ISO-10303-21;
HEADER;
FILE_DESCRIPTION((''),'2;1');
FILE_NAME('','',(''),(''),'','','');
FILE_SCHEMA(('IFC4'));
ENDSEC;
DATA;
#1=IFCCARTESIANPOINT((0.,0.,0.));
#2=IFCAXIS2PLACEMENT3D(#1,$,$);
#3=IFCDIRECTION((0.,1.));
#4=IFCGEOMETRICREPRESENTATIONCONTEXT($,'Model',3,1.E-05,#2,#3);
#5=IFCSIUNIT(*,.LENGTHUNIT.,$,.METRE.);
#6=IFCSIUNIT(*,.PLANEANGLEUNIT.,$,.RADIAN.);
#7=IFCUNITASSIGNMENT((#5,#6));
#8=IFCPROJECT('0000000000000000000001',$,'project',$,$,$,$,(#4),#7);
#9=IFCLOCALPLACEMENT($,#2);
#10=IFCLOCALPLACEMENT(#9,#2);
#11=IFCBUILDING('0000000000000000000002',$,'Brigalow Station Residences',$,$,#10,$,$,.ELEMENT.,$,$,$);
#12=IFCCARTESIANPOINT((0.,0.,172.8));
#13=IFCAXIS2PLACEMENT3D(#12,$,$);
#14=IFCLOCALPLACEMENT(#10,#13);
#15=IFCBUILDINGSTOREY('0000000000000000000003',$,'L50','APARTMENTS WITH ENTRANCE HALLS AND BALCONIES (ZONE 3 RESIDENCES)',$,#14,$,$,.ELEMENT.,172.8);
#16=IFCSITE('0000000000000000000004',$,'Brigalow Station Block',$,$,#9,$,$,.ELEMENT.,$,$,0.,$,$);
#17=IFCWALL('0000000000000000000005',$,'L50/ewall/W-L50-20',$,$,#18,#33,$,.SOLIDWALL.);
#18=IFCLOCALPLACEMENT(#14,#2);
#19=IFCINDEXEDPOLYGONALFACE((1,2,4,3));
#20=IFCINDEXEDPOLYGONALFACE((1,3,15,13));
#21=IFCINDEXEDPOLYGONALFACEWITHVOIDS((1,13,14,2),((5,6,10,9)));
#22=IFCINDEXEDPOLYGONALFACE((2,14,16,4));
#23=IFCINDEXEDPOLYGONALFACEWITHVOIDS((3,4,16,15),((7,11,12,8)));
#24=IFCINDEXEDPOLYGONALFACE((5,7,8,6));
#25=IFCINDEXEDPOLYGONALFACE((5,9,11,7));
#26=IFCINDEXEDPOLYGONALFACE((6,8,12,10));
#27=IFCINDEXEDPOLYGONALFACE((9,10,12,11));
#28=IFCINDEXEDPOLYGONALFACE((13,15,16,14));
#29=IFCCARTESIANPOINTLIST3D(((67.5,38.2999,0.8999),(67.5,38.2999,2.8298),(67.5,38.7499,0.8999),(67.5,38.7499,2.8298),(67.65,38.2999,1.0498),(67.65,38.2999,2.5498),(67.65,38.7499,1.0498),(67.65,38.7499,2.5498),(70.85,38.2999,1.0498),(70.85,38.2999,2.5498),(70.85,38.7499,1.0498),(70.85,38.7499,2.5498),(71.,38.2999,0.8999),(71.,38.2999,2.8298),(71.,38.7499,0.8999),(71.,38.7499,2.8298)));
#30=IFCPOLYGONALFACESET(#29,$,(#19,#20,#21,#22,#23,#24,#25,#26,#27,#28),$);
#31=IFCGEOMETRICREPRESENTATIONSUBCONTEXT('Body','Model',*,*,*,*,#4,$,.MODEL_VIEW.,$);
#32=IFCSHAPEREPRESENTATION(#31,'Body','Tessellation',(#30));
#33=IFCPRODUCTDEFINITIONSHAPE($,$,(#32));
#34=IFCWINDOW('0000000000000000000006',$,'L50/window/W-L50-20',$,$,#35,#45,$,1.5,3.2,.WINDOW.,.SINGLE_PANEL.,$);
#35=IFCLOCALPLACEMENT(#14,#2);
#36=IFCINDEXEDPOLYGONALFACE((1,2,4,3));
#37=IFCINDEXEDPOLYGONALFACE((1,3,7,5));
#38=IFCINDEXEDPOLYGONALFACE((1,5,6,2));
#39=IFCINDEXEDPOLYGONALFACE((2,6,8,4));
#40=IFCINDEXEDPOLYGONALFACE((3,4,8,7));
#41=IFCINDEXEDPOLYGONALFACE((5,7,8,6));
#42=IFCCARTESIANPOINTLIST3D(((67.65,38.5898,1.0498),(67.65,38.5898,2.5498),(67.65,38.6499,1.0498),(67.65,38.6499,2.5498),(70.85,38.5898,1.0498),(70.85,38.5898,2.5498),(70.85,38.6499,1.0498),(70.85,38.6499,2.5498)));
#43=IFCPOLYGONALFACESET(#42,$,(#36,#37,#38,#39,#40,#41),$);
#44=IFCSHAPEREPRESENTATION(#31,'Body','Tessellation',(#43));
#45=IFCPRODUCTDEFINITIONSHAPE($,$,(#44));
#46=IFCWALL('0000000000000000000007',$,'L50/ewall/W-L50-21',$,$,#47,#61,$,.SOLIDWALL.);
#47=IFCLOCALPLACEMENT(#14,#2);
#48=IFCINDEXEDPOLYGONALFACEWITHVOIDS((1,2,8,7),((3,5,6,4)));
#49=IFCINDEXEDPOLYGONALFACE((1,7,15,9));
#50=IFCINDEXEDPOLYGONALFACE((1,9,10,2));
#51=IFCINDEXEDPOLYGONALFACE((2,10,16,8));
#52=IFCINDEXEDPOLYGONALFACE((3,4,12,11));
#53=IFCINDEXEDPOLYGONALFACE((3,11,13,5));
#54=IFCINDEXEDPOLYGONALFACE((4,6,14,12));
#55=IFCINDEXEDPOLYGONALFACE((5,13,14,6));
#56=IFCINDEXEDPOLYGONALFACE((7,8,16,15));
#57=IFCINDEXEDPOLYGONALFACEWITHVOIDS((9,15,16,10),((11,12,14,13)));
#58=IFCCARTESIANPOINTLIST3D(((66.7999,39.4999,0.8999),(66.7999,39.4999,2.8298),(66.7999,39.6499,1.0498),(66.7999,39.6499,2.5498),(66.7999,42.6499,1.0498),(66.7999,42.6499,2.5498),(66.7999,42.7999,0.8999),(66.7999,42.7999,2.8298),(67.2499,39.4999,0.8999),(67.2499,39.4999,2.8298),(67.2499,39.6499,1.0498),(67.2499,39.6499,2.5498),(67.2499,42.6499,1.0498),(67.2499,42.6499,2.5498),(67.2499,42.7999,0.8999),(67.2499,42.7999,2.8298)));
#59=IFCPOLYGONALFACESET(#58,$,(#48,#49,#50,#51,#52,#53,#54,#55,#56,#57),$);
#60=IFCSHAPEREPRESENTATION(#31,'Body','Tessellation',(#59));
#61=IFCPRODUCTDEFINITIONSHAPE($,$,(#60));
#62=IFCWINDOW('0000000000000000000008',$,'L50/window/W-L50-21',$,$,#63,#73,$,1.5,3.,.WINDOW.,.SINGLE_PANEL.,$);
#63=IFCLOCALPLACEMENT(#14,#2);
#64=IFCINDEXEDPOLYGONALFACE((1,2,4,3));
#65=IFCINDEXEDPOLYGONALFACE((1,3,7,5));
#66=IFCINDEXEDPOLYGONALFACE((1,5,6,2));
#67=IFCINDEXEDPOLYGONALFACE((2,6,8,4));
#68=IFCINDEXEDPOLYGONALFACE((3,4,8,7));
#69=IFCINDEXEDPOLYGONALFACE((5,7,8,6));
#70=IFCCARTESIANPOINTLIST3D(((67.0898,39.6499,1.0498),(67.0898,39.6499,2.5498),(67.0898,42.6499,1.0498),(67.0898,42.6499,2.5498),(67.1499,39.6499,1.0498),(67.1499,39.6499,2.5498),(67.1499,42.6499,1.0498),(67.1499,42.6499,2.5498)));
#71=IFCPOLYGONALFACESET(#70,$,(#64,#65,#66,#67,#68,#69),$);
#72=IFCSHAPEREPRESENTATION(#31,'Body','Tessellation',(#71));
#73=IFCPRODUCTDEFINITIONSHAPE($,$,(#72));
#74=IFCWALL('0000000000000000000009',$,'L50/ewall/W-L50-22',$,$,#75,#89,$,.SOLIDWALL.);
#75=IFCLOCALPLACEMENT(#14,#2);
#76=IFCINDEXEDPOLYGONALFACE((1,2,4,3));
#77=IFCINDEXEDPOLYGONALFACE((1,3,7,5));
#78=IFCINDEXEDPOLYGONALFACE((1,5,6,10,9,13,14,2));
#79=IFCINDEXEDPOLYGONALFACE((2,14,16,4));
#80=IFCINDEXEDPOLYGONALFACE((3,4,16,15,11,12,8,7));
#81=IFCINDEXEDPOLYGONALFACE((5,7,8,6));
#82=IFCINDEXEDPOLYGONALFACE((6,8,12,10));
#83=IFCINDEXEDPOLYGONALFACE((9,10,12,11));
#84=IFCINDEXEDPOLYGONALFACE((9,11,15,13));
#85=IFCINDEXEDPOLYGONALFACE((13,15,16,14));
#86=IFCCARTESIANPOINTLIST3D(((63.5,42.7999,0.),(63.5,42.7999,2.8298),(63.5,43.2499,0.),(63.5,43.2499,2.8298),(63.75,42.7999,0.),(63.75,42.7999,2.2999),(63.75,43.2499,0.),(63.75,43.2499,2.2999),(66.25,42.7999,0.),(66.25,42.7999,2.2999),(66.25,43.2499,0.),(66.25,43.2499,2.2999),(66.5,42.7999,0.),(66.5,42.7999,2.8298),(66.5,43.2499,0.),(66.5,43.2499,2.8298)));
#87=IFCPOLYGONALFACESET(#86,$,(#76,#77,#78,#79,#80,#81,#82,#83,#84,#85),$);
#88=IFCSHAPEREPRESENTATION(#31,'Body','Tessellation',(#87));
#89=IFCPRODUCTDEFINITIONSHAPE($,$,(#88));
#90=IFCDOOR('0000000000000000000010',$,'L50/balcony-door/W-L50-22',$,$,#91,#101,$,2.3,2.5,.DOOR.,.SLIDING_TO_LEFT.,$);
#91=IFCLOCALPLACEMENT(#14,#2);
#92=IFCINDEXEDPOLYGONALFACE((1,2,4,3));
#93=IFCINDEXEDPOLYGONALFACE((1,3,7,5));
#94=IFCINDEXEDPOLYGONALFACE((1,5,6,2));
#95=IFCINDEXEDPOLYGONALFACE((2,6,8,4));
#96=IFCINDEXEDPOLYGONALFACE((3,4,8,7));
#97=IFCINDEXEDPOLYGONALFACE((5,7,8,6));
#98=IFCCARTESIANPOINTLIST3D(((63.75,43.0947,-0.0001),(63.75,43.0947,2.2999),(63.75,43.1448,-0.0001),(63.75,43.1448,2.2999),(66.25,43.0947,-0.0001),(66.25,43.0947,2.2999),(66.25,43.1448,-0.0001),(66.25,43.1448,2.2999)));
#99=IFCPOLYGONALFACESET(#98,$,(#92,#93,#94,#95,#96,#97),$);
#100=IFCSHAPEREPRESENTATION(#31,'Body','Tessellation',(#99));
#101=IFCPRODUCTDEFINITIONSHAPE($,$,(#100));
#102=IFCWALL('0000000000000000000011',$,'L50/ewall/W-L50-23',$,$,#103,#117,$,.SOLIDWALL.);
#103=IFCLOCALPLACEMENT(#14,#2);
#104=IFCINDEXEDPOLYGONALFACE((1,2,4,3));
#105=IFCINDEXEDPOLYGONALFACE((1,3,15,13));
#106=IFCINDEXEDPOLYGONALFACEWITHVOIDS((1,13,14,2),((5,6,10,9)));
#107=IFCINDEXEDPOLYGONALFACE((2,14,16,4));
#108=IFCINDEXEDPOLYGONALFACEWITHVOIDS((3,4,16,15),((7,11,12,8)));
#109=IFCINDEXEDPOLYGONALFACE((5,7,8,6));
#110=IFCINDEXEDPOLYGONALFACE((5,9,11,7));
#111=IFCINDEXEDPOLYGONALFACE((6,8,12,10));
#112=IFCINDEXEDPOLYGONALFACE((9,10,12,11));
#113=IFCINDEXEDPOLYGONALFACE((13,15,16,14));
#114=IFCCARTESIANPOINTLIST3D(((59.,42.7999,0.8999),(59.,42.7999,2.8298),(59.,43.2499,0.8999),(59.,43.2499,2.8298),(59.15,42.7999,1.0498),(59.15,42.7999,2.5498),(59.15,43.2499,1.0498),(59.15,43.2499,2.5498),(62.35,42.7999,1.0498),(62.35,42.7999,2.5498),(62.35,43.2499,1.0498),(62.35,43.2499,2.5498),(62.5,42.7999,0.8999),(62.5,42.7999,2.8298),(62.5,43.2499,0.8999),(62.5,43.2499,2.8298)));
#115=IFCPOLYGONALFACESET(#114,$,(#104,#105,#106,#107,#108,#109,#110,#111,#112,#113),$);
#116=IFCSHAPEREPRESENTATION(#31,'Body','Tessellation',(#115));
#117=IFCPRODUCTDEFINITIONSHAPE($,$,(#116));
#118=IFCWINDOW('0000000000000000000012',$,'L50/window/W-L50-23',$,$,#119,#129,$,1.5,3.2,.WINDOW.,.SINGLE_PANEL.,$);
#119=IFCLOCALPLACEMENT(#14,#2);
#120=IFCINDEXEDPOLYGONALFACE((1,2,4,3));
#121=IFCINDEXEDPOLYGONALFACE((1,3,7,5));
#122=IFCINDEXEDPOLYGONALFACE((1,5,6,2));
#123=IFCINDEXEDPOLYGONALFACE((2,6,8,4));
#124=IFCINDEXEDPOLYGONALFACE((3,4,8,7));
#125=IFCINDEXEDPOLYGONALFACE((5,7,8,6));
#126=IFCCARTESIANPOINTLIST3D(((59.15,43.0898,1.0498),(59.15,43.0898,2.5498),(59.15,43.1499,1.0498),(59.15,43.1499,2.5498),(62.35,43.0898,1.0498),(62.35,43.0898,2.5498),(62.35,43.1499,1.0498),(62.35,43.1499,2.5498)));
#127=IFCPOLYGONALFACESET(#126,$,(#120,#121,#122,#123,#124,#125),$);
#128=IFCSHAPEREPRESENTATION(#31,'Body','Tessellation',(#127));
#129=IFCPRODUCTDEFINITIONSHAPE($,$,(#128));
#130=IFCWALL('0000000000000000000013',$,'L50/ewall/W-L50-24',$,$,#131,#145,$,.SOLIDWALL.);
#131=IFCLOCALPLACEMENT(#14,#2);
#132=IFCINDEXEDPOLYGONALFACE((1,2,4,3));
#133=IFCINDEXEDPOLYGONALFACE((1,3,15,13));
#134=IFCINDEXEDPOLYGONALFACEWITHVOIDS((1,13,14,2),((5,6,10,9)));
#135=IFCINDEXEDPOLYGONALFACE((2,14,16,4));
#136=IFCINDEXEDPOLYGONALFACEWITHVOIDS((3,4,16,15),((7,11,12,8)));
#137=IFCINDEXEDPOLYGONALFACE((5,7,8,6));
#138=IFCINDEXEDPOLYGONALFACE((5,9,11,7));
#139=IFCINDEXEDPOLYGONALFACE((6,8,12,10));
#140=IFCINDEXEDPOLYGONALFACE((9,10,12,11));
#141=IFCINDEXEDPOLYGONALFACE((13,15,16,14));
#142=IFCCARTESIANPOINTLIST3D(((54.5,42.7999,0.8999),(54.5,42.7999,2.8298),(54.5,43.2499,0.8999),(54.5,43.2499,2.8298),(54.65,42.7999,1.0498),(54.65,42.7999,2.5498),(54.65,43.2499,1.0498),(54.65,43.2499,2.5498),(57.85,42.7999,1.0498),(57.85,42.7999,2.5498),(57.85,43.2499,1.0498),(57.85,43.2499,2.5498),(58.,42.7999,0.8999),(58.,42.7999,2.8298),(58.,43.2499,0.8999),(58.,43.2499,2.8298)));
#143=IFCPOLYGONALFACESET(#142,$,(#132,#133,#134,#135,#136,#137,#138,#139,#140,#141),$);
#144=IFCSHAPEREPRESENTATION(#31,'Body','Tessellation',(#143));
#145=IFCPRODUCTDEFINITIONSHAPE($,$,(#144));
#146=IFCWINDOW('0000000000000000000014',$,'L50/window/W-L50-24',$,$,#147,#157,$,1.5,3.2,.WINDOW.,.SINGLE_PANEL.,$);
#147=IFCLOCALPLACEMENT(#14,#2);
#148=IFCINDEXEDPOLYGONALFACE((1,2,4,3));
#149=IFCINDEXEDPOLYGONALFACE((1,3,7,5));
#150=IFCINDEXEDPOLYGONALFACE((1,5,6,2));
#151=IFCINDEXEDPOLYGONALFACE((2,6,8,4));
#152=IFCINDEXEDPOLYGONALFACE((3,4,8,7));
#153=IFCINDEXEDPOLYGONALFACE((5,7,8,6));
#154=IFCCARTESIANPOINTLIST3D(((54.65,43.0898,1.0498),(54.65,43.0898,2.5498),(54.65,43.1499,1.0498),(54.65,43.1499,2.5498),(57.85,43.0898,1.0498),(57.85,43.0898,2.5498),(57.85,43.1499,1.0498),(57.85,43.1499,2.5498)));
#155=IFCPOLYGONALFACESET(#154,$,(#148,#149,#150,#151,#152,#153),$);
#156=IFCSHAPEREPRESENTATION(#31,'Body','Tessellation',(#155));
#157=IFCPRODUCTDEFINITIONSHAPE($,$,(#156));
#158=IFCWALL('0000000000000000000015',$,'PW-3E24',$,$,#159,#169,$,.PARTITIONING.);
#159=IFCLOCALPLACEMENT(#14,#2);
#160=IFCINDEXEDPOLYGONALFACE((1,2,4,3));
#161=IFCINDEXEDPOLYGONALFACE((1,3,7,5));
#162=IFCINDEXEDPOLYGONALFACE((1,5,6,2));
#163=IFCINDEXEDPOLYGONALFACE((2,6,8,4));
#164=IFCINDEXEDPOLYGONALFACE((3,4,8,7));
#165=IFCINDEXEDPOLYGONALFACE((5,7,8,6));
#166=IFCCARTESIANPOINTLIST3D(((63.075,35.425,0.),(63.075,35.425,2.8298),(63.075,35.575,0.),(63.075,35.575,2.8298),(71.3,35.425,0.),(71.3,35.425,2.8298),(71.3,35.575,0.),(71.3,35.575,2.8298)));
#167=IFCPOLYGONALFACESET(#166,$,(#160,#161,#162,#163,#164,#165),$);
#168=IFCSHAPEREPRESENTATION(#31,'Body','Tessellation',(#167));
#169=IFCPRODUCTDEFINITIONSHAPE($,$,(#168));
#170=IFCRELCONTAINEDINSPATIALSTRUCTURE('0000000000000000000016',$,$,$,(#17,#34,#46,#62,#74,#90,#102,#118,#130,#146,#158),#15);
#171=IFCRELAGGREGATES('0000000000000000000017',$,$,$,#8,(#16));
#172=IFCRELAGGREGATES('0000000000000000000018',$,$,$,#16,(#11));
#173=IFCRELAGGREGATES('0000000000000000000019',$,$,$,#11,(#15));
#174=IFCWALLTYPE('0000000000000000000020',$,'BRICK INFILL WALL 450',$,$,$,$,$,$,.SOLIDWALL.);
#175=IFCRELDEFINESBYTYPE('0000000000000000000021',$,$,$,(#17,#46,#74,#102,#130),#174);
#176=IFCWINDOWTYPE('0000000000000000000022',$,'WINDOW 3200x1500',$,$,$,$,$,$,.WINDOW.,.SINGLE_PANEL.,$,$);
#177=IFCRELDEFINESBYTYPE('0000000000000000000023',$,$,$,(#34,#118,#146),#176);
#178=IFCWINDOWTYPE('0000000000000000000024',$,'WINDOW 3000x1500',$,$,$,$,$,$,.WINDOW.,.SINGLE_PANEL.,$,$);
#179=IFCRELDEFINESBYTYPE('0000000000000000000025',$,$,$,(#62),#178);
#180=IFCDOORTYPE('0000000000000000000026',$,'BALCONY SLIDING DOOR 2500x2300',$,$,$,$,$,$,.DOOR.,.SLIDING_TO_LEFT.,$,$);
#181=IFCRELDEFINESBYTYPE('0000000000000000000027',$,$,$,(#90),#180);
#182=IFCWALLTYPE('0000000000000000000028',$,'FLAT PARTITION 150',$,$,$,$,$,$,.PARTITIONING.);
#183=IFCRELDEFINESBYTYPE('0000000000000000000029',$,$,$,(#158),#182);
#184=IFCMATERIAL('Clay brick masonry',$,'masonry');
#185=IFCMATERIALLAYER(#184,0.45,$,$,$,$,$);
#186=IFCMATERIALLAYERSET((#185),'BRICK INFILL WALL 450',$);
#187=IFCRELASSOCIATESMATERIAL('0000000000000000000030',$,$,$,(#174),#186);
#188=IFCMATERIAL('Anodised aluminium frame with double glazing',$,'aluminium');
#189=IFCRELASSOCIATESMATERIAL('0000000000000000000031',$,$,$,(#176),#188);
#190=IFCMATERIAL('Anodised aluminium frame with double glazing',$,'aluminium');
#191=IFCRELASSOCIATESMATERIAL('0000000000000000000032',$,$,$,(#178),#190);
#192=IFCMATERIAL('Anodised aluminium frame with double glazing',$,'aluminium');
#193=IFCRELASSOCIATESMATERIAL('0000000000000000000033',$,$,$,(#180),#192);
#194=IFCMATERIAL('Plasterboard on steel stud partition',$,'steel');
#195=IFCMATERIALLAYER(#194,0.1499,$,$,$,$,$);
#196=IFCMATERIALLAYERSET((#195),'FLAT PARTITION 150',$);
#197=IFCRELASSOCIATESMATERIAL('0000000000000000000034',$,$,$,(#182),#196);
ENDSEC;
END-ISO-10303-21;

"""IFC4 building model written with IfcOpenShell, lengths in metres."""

from ifc_helpers import new_model, si_unit, direction, frame, frame_2d, origin, place, context, subcontext, project, spatial, rectangle, extrude, material, layer, layer_set, type_object, element, fill, save


model = new_model("IFC4")

# Units and contexts
model_context = context("Model", 3, precision=1e-05, world=origin(), true_north=direction((0.0, 1.0)))
body_context = subcontext(model_context, "Body", "Model", "MODEL_VIEW")
ifc_project = project(units=[si_unit("LENGTHUNIT", "METRE"), si_unit("PLANEANGLEUNIT", "RADIAN")], contexts=[model_context])

# Site, building, storey
site_placement = place(None, origin())
site = spatial("IfcSite", under=ifc_project, at=site_placement, Name="Brigalow Station Block", CompositionType="ELEMENT", RefElevation=0.0)
building_placement = place(site_placement, origin())
building = spatial("IfcBuilding", under=site, at=building_placement, Name="Brigalow Station Residences", CompositionType="ELEMENT")
storey_placement = place(building_placement, frame((0.0, 0.0, 172.8)))
storey = spatial("IfcBuildingStorey", under=building, at=storey_placement, Name="L50", Description="APARTMENTS WITH ENTRANCE HALLS AND BALCONIES (ZONE 3 RESIDENCES)", CompositionType="ELEMENT", Elevation=172.8)

# Walls, openings, windows
ifc_material_1 = material(Name="Clay brick masonry", Category="masonry")
ifc_layer_1 = layer(ifc_material_1, 0.45)
ifc_layer_set_1 = layer_set([ifc_layer_1], Name="BRICK INFILL WALL 450")
wall_type_1 = type_object("IfcWallType", Name="BRICK INFILL WALL 450", PredefinedType="SOLIDWALL", material=ifc_layer_set_1)
wall_1_placement = place(storey_placement, frame((71.0, 38.5249, 0.8999), z_axis=(0.0, 0.0, 1.0), x_axis=(-1.0, 0.0, 0.0)))
wall_1 = element("IfcWall", 1, at=wall_1_placement, inside=storey, type_object=wall_type_1, Name="L50/ewall/W-L50-20", PredefinedType="SOLIDWALL", context=body_context, shape_type="SweptSolid", body=[
    extrude(rectangle(XDim=3.5, YDim=0.45, at=frame_2d((1.75, 0.0))), origin(), (0.0, 0.0, 1.0), 1.9299),
])
opening_1_placement = place(wall_1_placement, frame((0.1499, 0.0, 0.1499)))
opening_1 = element("IfcOpeningElement", 2, at=opening_1_placement, cuts=wall_1, PredefinedType="OPENING", context=body_context, shape_type="SweptSolid", body=[
    extrude(rectangle(XDim=3.2, YDim=1.5, at=frame_2d((1.6001, 0.75))), frame((0.0, 0.2349, 0.0), z_axis=(0.0, -1.0, 0.0), x_axis=(1.0, 0.0, 0.0)), (0.0, 0.0, 1.0), 0.47),
])
ifc_material_2 = material(Name="Anodised aluminium frame with double glazing", Category="aluminium")
window_type_1 = type_object("IfcWindowType", Name="WINDOW 3200x1500", PartitioningType="SINGLE_PANEL", PredefinedType="WINDOW", material=ifc_material_2)
window_1_placement = place(opening_1_placement, origin())
window_1 = element("IfcWindow", 3, at=window_1_placement, inside=storey, type_object=window_type_1, Name="L50/window/W-L50-20", OverallHeight=1.5, OverallWidth=3.2, PartitioningType="SINGLE_PANEL", PredefinedType="WINDOW", context=body_context, shape_type="SweptSolid", body=[
    extrude(rectangle(XDim=3.2, YDim=1.5, at=frame_2d((1.6001, 0.75))), frame((0.0, -0.0649, 0.0), z_axis=(0.0, -1.0, 0.0), x_axis=(1.0, 0.0, 0.0)), (0.0, 0.0, 1.0), 0.0601),
])
fill(opening_1, window_1)
wall_2_placement = place(storey_placement, frame((67.0249, 39.5, 0.8999), z_axis=(0.0, 0.0, 1.0), x_axis=(0.0, 1.0, 0.0)))
wall_2 = element("IfcWall", 4, at=wall_2_placement, inside=storey, type_object=wall_type_1, Name="L50/ewall/W-L50-21", PredefinedType="SOLIDWALL", context=body_context, shape_type="SweptSolid", body=[
    extrude(rectangle(XDim=3.3, YDim=0.45, at=frame_2d((1.6499, 0.0))), origin(), (0.0, 0.0, 1.0), 1.9299),
])
opening_2_placement = place(wall_2_placement, frame((0.1499, 0.0, 0.1499)))
opening_2 = element("IfcOpeningElement", 5, at=opening_2_placement, cuts=wall_2, PredefinedType="OPENING", context=body_context, shape_type="SweptSolid", body=[
    extrude(rectangle(XDim=3.0, YDim=1.5, at=frame_2d((1.5, 0.75))), frame((0.0, 0.2349, 0.0), z_axis=(0.0, -1.0, 0.0), x_axis=(1.0, 0.0, 0.0)), (0.0, 0.0, 1.0), 0.47),
])
ifc_material_3 = material(Name="Anodised aluminium frame with double glazing", Category="aluminium")
window_type_2 = type_object("IfcWindowType", Name="WINDOW 3000x1500", PartitioningType="SINGLE_PANEL", PredefinedType="WINDOW", material=ifc_material_3)
window_2_placement = place(opening_2_placement, origin())
window_2 = element("IfcWindow", 6, at=window_2_placement, inside=storey, type_object=window_type_2, Name="L50/window/W-L50-21", OverallHeight=1.5, OverallWidth=3.0, PartitioningType="SINGLE_PANEL", PredefinedType="WINDOW", context=body_context, shape_type="SweptSolid", body=[
    extrude(rectangle(XDim=3.0, YDim=1.5, at=frame_2d((1.5, 0.75))), frame((0.0, -0.0649, 0.0), z_axis=(0.0, -1.0, 0.0), x_axis=(1.0, 0.0, 0.0)), (0.0, 0.0, 1.0), 0.0601),
])
fill(opening_2, window_2)

# Wall, opening, door
wall_3_placement = place(storey_placement, frame((66.5, 43.0249, 0.0), z_axis=(0.0, 0.0, 1.0), x_axis=(-1.0, 0.0, 0.0)))
wall_3 = element("IfcWall", 7, at=wall_3_placement, inside=storey, type_object=wall_type_1, Name="L50/ewall/W-L50-22", PredefinedType="SOLIDWALL", context=body_context, shape_type="SweptSolid", body=[
    extrude(rectangle(XDim=3.0, YDim=0.45, at=frame_2d((1.5, 0.0))), origin(), (0.0, 0.0, 1.0), 2.8298),
])
opening_3_placement = place(wall_3_placement, frame((0.25, 0.0, 0.0)))
opening_3 = element("IfcOpeningElement", 8, at=opening_3_placement, cuts=wall_3, PredefinedType="OPENING", context=body_context, shape_type="SweptSolid", body=[
    extrude(rectangle(XDim=2.5, YDim=2.3, at=frame_2d((1.25, 1.1499))), frame((0.0, 0.2349, 0.0), z_axis=(0.0, -1.0, 0.0), x_axis=(1.0, 0.0, 0.0)), (0.0, 0.0, 1.0), 0.47),
])
ifc_material_4 = material(Name="Anodised aluminium frame with double glazing", Category="aluminium")
door_type_1 = type_object("IfcDoorType", Name="BALCONY SLIDING DOOR 2500x2300", OperationType="SLIDING_TO_LEFT", PredefinedType="DOOR", material=ifc_material_4)
door_1_placement = place(opening_3_placement, origin())
door_1 = element("IfcDoor", 9, at=door_1_placement, inside=storey, type_object=door_type_1, Name="L50/balcony-door/W-L50-22", OperationType="SLIDING_TO_LEFT", OverallHeight=2.3, OverallWidth=2.5, PredefinedType="DOOR", context=body_context, shape_type="SweptSolid", body=[
    extrude(rectangle(XDim=2.5, YDim=2.3, at=frame_2d((1.25, 1.1499))), frame((0.0, -0.0698, 0.0), z_axis=(0.0, -1.0, 0.0), x_axis=(1.0, 0.0, 0.0)), (0.0, 0.0, 1.0), 0.05),
])
fill(opening_3, door_1)

# Walls, openings, windows
wall_4_placement = place(storey_placement, frame((62.5, 43.0249, 0.8999), z_axis=(0.0, 0.0, 1.0), x_axis=(-1.0, 0.0, 0.0)))
wall_4 = element("IfcWall", 10, at=wall_4_placement, inside=storey, type_object=wall_type_1, Name="L50/ewall/W-L50-23", PredefinedType="SOLIDWALL", context=body_context, shape_type="SweptSolid", body=[
    extrude(rectangle(XDim=3.5, YDim=0.45, at=frame_2d((1.75, 0.0))), origin(), (0.0, 0.0, 1.0), 1.9299),
])
opening_4_placement = place(wall_4_placement, frame((0.1499, 0.0, 0.1499)))
opening_4 = element("IfcOpeningElement", 11, at=opening_4_placement, cuts=wall_4, PredefinedType="OPENING", context=body_context, shape_type="SweptSolid", body=[
    extrude(rectangle(XDim=3.2, YDim=1.5, at=frame_2d((1.6001, 0.75))), frame((0.0, 0.2349, 0.0), z_axis=(0.0, -1.0, 0.0), x_axis=(1.0, 0.0, 0.0)), (0.0, 0.0, 1.0), 0.47),
])
window_3_placement = place(opening_4_placement, origin())
window_3 = element("IfcWindow", 12, at=window_3_placement, inside=storey, type_object=window_type_1, Name="L50/window/W-L50-23", OverallHeight=1.5, OverallWidth=3.2, PartitioningType="SINGLE_PANEL", PredefinedType="WINDOW", context=body_context, shape_type="SweptSolid", body=[
    extrude(rectangle(XDim=3.2, YDim=1.5, at=frame_2d((1.6001, 0.75))), frame((0.0, -0.0649, 0.0), z_axis=(0.0, -1.0, 0.0), x_axis=(1.0, 0.0, 0.0)), (0.0, 0.0, 1.0), 0.0601),
])
fill(opening_4, window_3)
wall_5_placement = place(storey_placement, frame((58.0, 43.0249, 0.8999), z_axis=(0.0, 0.0, 1.0), x_axis=(-1.0, 0.0, 0.0)))
wall_5 = element("IfcWall", 13, at=wall_5_placement, inside=storey, type_object=wall_type_1, Name="L50/ewall/W-L50-24", PredefinedType="SOLIDWALL", context=body_context, shape_type="SweptSolid", body=[
    extrude(rectangle(XDim=3.5, YDim=0.45, at=frame_2d((1.75, 0.0))), origin(), (0.0, 0.0, 1.0), 1.9299),
])
opening_5_placement = place(wall_5_placement, frame((0.1499, 0.0, 0.1499)))
opening_5 = element("IfcOpeningElement", 14, at=opening_5_placement, cuts=wall_5, PredefinedType="OPENING", context=body_context, shape_type="SweptSolid", body=[
    extrude(rectangle(XDim=3.2, YDim=1.5, at=frame_2d((1.6001, 0.75))), frame((0.0, 0.2349, 0.0), z_axis=(0.0, -1.0, 0.0), x_axis=(1.0, 0.0, 0.0)), (0.0, 0.0, 1.0), 0.47),
])
window_4_placement = place(opening_5_placement, origin())
window_4 = element("IfcWindow", 15, at=window_4_placement, inside=storey, type_object=window_type_1, Name="L50/window/W-L50-24", OverallHeight=1.5, OverallWidth=3.2, PartitioningType="SINGLE_PANEL", PredefinedType="WINDOW", context=body_context, shape_type="SweptSolid", body=[
    extrude(rectangle(XDim=3.2, YDim=1.5, at=frame_2d((1.6001, 0.75))), frame((0.0, -0.0649, 0.0), z_axis=(0.0, -1.0, 0.0), x_axis=(1.0, 0.0, 0.0)), (0.0, 0.0, 1.0), 0.0601),
])
fill(opening_5, window_4)

# Wall
ifc_material_5 = material(Name="Plasterboard on steel stud partition", Category="steel")
ifc_layer_2 = layer(ifc_material_5, 0.1499)
ifc_layer_set_2 = layer_set([ifc_layer_2], Name="FLAT PARTITION 150")
wall_type_2 = type_object("IfcWallType", Name="FLAT PARTITION 150", PredefinedType="PARTITIONING", material=ifc_layer_set_2)
wall_6_placement = place(storey_placement, frame((63.075, 35.5, 0.0), z_axis=(0.0, 0.0, 1.0), x_axis=(1.0, 0.0, 0.0)))
element("IfcWall", 16, at=wall_6_placement, inside=storey, type_object=wall_type_2, Name="PW-3E24", PredefinedType="PARTITIONING", context=body_context, shape_type="SweptSolid", body=[
    extrude(rectangle(XDim=8.2251, YDim=0.1499, at=frame_2d((4.1125, 0.0))), origin(), (0.0, 0.0, 1.0), 2.8298),
])

save(model, "model.ifc")
